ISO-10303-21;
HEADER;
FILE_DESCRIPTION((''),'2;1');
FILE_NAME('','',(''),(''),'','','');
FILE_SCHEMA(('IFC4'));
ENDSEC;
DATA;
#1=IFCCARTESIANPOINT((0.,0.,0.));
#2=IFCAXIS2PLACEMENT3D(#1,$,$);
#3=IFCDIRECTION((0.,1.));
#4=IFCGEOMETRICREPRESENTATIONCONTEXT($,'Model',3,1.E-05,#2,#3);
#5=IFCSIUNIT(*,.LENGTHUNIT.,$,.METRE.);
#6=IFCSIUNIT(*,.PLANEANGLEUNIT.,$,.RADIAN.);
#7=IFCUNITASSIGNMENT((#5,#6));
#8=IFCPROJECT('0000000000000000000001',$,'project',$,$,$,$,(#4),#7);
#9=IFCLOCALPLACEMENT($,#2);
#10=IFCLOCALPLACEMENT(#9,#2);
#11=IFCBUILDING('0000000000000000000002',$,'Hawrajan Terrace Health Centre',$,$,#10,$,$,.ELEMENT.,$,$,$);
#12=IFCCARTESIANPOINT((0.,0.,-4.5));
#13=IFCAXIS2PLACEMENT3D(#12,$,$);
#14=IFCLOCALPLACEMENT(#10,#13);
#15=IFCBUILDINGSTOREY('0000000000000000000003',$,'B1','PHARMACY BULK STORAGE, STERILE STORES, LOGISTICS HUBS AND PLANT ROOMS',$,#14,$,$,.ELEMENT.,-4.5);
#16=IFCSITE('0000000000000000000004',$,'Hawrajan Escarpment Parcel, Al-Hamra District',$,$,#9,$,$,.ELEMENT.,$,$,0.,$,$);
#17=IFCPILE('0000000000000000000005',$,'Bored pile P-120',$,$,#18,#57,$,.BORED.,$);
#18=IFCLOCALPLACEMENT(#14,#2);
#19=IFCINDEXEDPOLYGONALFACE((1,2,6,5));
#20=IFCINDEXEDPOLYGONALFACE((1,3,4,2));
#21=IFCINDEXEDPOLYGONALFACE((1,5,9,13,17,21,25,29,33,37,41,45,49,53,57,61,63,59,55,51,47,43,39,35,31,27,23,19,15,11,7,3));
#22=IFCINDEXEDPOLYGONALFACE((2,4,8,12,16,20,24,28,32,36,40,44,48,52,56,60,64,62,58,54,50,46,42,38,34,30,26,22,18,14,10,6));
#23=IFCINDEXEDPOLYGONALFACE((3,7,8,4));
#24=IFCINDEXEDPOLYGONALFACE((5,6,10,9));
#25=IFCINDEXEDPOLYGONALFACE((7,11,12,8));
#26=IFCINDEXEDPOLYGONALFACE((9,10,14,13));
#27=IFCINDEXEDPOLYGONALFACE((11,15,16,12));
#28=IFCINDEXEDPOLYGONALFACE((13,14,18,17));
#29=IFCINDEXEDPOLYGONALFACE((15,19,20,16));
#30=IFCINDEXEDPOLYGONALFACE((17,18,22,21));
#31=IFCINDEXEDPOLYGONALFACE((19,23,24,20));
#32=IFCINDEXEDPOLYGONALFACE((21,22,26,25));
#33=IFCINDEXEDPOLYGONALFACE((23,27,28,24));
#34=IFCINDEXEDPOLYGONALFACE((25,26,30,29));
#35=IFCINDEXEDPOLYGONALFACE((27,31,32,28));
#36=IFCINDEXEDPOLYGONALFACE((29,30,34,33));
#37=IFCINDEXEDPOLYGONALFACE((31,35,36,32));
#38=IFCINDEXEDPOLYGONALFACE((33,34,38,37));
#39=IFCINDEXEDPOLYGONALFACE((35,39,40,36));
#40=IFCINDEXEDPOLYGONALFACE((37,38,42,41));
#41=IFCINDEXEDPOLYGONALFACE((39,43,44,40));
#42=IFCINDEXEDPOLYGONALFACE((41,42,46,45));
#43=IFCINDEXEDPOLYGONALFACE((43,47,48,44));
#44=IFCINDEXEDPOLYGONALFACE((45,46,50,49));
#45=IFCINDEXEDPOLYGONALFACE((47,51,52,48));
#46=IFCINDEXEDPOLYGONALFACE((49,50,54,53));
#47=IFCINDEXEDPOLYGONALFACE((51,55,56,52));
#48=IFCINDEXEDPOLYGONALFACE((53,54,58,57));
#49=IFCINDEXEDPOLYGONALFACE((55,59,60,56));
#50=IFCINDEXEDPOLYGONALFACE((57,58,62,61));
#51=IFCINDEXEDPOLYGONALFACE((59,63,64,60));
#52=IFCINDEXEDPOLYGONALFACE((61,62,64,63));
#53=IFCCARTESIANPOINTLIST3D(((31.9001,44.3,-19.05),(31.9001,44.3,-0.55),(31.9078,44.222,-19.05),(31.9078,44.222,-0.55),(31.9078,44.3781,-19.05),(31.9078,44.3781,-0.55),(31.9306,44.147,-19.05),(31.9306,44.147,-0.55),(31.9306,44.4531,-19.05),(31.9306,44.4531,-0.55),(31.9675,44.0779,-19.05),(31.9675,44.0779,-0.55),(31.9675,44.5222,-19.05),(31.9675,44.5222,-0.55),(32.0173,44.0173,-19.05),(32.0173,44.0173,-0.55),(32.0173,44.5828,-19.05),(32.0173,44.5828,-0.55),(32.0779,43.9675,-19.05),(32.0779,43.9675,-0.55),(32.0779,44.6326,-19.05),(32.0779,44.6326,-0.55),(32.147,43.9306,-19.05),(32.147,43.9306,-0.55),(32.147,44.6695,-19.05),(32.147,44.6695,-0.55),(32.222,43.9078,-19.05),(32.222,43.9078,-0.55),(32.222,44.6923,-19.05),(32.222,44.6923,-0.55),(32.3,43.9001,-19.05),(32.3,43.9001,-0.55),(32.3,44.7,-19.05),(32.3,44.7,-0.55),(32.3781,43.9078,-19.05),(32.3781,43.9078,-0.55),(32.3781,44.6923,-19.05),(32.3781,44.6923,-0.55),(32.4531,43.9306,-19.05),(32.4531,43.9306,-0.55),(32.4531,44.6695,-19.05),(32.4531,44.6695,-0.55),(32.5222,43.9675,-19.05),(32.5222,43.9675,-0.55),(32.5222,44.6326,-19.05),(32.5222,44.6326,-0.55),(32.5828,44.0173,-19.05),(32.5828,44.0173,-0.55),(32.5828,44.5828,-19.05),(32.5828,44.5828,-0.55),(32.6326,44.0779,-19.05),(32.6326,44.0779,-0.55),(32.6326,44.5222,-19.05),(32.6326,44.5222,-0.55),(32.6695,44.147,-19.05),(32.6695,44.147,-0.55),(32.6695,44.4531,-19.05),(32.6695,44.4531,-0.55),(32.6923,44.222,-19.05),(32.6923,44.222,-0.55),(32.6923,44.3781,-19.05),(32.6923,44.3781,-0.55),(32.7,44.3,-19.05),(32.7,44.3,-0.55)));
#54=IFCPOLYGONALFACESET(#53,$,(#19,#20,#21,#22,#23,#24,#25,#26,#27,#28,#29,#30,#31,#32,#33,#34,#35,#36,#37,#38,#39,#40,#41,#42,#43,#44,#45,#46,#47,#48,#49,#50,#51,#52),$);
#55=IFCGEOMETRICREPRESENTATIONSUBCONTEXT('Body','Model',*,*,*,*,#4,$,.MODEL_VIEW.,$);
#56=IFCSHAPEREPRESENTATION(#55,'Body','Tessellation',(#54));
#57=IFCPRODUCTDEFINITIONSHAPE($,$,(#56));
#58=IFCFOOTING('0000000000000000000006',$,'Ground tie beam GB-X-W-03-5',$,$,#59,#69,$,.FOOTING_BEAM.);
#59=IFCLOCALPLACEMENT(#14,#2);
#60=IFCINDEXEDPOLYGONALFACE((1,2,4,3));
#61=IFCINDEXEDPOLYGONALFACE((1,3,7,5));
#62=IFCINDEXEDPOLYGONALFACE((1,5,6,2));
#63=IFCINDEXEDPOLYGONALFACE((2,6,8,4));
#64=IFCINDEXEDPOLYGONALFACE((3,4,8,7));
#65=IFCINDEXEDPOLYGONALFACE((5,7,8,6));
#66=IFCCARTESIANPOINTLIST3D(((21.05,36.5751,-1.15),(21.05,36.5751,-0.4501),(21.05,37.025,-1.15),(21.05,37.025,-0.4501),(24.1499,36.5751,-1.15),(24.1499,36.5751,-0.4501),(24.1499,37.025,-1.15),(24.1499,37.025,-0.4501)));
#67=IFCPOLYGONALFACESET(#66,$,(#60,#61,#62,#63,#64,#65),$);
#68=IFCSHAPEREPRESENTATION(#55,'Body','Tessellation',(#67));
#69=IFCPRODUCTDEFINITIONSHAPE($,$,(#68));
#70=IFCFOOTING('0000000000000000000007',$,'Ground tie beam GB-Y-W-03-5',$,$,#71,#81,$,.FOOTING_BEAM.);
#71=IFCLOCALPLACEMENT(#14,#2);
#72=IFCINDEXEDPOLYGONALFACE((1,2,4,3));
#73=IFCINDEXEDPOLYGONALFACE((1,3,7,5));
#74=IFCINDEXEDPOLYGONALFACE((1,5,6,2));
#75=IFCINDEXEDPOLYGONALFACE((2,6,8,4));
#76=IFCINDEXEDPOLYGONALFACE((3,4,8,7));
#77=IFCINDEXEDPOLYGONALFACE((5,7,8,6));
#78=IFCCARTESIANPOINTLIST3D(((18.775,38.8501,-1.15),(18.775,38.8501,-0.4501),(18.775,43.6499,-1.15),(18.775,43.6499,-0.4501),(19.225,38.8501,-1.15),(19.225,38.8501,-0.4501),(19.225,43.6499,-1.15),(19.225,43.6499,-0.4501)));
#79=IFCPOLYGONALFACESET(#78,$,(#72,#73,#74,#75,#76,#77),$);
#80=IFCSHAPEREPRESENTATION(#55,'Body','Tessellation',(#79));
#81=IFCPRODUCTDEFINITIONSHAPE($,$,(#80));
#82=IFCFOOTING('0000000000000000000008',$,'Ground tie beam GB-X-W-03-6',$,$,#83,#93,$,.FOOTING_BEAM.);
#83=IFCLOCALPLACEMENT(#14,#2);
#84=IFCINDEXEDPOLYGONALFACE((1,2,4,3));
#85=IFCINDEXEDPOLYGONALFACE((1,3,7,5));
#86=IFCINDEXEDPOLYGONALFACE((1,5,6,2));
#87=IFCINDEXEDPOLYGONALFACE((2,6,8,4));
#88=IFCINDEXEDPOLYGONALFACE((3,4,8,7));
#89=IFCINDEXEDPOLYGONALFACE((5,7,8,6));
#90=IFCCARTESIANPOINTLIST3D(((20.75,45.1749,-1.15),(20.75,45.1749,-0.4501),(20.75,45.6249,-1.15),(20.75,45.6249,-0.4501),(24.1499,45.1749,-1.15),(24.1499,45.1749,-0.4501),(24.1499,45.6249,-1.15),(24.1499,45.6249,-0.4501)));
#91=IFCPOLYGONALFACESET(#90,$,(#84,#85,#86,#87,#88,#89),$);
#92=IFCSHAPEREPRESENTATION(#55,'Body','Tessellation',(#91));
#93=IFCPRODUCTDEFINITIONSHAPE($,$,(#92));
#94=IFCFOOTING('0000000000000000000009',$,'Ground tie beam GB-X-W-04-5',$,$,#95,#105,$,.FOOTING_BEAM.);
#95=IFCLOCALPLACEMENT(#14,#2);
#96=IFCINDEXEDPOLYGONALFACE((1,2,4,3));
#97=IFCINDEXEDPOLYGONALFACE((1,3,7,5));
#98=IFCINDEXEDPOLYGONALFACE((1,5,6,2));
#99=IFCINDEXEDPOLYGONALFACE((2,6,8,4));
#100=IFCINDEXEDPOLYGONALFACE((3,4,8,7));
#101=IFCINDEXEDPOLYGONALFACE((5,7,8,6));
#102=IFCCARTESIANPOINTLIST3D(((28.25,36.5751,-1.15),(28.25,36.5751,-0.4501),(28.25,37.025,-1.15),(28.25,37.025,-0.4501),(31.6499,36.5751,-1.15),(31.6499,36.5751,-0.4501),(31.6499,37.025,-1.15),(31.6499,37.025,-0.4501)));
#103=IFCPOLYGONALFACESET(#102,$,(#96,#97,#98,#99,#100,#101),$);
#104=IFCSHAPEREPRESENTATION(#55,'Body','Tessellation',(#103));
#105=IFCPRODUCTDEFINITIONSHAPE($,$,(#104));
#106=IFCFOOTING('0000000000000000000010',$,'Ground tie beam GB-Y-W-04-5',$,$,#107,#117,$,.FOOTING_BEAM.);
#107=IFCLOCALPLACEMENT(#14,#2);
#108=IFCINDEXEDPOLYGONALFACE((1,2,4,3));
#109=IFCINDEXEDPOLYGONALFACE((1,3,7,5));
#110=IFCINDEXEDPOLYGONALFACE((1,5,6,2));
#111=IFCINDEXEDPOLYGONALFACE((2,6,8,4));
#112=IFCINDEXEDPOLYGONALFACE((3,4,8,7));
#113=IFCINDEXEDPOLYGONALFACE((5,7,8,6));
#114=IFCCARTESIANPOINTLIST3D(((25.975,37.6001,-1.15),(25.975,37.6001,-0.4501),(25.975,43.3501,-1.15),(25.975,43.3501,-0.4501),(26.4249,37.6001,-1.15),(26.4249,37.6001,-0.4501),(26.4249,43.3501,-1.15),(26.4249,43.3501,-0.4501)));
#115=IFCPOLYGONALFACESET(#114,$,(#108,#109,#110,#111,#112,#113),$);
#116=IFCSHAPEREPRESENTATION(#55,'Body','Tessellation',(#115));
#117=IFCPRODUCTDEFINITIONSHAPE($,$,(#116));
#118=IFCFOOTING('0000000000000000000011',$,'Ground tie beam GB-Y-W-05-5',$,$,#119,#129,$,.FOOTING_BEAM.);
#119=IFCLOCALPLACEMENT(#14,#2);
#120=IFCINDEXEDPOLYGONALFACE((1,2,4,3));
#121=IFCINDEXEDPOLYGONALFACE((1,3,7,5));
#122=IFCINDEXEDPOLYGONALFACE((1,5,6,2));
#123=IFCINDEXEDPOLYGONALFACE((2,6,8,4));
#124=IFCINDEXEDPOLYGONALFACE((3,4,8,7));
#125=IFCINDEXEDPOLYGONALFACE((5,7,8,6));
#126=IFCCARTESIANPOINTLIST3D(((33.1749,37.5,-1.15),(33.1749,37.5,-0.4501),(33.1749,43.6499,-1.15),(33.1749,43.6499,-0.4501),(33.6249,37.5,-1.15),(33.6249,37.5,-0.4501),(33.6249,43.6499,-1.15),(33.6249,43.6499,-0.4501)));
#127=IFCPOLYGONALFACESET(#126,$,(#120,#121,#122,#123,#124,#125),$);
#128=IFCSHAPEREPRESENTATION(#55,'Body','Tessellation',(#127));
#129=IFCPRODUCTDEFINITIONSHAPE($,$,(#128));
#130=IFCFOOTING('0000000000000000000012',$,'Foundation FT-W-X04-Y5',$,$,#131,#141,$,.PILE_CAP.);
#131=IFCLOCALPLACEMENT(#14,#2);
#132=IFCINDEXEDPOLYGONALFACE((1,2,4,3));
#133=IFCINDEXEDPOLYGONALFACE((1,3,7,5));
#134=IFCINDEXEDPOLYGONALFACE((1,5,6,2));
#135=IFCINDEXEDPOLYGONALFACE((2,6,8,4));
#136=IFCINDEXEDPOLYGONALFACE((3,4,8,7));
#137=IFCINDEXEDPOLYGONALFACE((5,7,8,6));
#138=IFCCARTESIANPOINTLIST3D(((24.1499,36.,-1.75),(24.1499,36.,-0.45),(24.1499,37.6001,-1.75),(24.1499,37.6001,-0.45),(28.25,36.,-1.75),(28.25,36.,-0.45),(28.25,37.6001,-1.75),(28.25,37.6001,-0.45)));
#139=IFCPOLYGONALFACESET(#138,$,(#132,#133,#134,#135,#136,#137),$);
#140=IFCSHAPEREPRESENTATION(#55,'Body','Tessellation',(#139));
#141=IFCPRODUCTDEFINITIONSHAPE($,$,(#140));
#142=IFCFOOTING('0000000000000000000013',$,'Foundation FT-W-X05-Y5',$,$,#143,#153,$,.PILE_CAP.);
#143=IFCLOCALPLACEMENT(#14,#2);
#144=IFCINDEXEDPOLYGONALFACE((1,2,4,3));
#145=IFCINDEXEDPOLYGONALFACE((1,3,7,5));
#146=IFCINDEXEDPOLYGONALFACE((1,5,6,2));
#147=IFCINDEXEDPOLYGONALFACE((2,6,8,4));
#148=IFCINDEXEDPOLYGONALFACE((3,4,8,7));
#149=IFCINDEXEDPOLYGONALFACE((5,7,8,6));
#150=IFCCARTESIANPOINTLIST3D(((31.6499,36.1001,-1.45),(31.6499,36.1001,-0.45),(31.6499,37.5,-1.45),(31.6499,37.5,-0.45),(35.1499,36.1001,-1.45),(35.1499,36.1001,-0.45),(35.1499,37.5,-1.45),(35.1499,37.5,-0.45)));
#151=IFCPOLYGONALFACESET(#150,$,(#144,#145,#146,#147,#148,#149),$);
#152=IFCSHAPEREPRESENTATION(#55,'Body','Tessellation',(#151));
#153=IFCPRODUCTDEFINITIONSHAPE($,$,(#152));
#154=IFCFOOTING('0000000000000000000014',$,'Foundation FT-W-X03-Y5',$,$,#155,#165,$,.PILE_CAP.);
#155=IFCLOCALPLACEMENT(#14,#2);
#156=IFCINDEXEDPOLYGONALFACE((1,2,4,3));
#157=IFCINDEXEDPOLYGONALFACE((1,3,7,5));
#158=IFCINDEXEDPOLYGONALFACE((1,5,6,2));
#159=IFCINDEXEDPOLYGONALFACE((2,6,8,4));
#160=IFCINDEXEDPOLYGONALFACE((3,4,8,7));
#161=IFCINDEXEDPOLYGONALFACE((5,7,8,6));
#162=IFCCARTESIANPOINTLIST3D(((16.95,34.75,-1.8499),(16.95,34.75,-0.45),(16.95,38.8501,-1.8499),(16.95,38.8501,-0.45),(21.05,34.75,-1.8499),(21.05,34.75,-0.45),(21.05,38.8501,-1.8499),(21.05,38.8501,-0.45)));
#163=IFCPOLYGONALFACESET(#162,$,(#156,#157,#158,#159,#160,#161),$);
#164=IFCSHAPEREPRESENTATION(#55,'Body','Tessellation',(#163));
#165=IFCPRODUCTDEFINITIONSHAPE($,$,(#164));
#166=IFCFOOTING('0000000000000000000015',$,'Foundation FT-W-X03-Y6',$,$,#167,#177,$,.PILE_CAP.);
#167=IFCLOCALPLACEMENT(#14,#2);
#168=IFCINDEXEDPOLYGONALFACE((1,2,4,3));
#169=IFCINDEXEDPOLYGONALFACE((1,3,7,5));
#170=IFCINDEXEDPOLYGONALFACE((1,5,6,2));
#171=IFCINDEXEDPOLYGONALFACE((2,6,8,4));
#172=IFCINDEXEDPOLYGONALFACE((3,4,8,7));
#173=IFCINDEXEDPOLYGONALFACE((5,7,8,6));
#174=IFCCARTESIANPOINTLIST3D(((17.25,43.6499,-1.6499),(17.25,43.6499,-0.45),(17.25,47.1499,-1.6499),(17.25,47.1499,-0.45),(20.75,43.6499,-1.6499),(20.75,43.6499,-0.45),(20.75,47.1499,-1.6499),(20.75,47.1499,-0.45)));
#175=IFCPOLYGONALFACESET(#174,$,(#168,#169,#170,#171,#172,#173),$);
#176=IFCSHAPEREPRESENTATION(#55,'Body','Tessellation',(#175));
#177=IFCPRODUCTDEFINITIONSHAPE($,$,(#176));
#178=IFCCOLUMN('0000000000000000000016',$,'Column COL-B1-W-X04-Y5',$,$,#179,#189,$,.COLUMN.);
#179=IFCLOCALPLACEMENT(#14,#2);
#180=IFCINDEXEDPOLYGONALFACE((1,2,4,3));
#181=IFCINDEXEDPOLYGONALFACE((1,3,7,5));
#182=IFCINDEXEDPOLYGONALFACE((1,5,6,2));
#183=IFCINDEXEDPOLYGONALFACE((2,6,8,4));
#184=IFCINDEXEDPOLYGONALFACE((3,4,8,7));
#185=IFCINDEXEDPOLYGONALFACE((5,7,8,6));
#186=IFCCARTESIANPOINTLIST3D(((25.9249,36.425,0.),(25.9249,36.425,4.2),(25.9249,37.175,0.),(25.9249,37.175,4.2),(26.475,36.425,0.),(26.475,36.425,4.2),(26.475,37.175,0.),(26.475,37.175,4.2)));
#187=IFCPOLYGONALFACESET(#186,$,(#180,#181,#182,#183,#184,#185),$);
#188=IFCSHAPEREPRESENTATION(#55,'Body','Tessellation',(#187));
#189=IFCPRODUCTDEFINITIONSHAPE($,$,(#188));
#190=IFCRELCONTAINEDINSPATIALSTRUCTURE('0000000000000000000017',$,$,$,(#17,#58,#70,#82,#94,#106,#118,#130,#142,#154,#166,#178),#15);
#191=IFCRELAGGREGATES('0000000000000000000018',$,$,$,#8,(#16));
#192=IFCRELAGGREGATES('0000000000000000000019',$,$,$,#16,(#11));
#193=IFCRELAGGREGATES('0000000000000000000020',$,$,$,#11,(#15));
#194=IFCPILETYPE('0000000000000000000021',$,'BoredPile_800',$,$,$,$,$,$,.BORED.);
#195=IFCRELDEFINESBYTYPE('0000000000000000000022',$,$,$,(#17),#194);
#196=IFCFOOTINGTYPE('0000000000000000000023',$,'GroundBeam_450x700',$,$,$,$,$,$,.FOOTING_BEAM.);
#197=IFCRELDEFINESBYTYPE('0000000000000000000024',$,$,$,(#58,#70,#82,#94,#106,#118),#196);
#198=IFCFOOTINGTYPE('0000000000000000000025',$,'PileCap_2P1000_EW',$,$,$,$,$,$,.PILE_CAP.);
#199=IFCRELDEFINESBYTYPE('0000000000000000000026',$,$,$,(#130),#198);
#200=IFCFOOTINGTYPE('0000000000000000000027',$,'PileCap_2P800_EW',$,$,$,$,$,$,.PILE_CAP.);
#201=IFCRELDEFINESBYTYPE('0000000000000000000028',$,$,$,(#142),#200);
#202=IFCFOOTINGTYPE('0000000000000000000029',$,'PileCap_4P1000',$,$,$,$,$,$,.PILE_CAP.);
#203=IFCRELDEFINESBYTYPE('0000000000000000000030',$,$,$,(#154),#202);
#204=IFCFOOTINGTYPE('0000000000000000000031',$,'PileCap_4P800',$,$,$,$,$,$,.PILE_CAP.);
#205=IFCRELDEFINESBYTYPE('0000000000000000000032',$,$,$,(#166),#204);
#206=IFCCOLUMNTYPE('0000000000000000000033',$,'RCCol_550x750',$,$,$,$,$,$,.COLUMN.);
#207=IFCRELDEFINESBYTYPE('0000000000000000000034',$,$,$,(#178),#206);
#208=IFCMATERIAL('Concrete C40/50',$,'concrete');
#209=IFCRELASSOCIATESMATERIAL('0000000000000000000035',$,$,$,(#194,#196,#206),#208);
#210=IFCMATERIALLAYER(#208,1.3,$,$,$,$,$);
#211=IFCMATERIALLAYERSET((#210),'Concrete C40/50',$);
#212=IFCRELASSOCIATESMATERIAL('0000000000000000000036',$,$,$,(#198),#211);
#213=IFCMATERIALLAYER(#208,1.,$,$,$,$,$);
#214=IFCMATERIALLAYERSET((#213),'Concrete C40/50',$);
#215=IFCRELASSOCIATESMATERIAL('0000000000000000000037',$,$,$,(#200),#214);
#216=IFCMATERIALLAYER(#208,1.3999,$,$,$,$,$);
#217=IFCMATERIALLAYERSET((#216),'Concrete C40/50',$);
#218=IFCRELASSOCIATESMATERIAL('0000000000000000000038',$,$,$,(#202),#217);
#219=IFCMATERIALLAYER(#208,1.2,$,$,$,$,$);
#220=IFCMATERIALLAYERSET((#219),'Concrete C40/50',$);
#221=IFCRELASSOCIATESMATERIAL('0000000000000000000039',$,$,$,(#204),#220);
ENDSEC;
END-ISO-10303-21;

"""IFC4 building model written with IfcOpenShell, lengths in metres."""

from ifc_helpers import new_model, si_unit, direction, frame, origin, origin_2d, place, context, subcontext, project, spatial, rectangle, circle, extrude, material, layer, layer_set, material_profile, profile_set, type_object, element, save


model = new_model("IFC4")

# Units and contexts
model_context = context("Model", 3, precision=1e-05, world=origin(), true_north=direction((0.0, 1.0)))
body_context = subcontext(model_context, "Body", "Model", "MODEL_VIEW")
ifc_project = project(units=[si_unit("LENGTHUNIT", "METRE"), si_unit("PLANEANGLEUNIT", "RADIAN")], contexts=[model_context])

# Site, building, storey
site_placement = place(None, origin())
site = spatial("IfcSite", under=ifc_project, at=site_placement, Name="Hawrajan Escarpment Parcel, Al-Hamra District", CompositionType="ELEMENT", RefElevation=0.0)
building_placement = place(site_placement, origin())
building = spatial("IfcBuilding", under=site, at=building_placement, Name="Hawrajan Terrace Health Centre", CompositionType="ELEMENT")
storey_placement = place(building_placement, frame((0.0, 0.0, -4.5)))
storey = spatial("IfcBuildingStorey", under=building, at=storey_placement, Name="B1", Description="PHARMACY BULK STORAGE, STERILE STORES, LOGISTICS HUBS AND PLANT ROOMS", CompositionType="ELEMENT", Elevation=-4.5)

# Pile
ifc_material_1 = material(Name="Concrete C40/50", Category="concrete")
ifc_material_profile_1 = material_profile(ifc_material_1, circle(Radius=0.3999, at=origin_2d()), Name="BP 800")
ifc_profile_set_1 = profile_set([ifc_material_profile_1], Name="Concrete C40/50")
pile_type_1 = type_object("IfcPileType", Name="BoredPile_800", PredefinedType="BORED", material=ifc_profile_set_1)
for number, where, z_axis, x_axis, name in (
    (1, (32.3, 44.3, -0.55), (0.0, 0.0, -1.0), (1.0, 0.0, 0.0), "Bored pile P-120"),
):
    element("IfcPile", number, at=place(storey_placement, frame(where, z_axis=z_axis, x_axis=x_axis)), inside=storey, type_object=pile_type_1, Name=name, PredefinedType="BORED", context=body_context, shape_type="SweptSolid", body=[
        extrude(circle(Radius=0.3999, at=origin_2d()), origin(), (0.0, 0.0, 1.0), 18.5),
    ])

# Footings
ifc_material_profile_2 = material_profile(ifc_material_1, rectangle(XDim=0.45, YDim=0.7, at=origin_2d()), Name="RC BM 450x700")
ifc_profile_set_2 = profile_set([ifc_material_profile_2], Name="Concrete C40/50")
footing_type_1 = type_object("IfcFootingType", Name="GroundBeam_450x700", PredefinedType="FOOTING_BEAM", material=ifc_profile_set_2)
footing_1_placement = place(storey_placement, frame((21.05, 36.8, -0.8), z_axis=(1.0, 0.0, 0.0), x_axis=(0.0, 1.0, 0.0)))
element("IfcFooting", 2, at=footing_1_placement, inside=storey, type_object=footing_type_1, Name="Ground tie beam GB-X-W-03-5", PredefinedType="FOOTING_BEAM", context=body_context, shape_type="SweptSolid", body=[
    extrude(rectangle(XDim=0.45, YDim=0.7, at=origin_2d()), origin(), (0.0, 0.0, 1.0), 3.0999),
])
footing_2_placement = place(storey_placement, frame((19.0, 38.8501, -0.8), z_axis=(0.0, 1.0, 0.0), x_axis=(-1.0, 0.0, 0.0)))
element("IfcFooting", 3, at=footing_2_placement, inside=storey, type_object=footing_type_1, Name="Ground tie beam GB-Y-W-03-5", PredefinedType="FOOTING_BEAM", context=body_context, shape_type="SweptSolid", body=[
    extrude(rectangle(XDim=0.45, YDim=0.7, at=origin_2d()), origin(), (0.0, 0.0, 1.0), 4.7998),
])
for number, where, z_axis, x_axis, name in (
    (4, (20.75, 45.3999, -0.8), (1.0, 0.0, 0.0), (0.0, 1.0, 0.0), "Ground tie beam GB-X-W-03-6"),
    (5, (28.25, 36.8, -0.8), (1.0, 0.0, 0.0), (0.0, 1.0, 0.0), "Ground tie beam GB-X-W-04-5"),
):
    element("IfcFooting", number, at=place(storey_placement, frame(where, z_axis=z_axis, x_axis=x_axis)), inside=storey, type_object=footing_type_1, Name=name, PredefinedType="FOOTING_BEAM", context=body_context, shape_type="SweptSolid", body=[
        extrude(rectangle(XDim=0.45, YDim=0.7, at=origin_2d()), origin(), (0.0, 0.0, 1.0), 3.3999),
    ])
footing_3_placement = place(storey_placement, frame((26.2, 37.6001, -0.8), z_axis=(0.0, 1.0, 0.0), x_axis=(-1.0, 0.0, 0.0)))
element("IfcFooting", 6, at=footing_3_placement, inside=storey, type_object=footing_type_1, Name="Ground tie beam GB-Y-W-04-5", PredefinedType="FOOTING_BEAM", context=body_context, shape_type="SweptSolid", body=[
    extrude(rectangle(XDim=0.45, YDim=0.7, at=origin_2d()), origin(), (0.0, 0.0, 1.0), 5.75),
])
footing_4_placement = place(storey_placement, frame((33.3999, 37.5, -0.8), z_axis=(0.0, 1.0, 0.0), x_axis=(-1.0, 0.0, 0.0)))
element("IfcFooting", 7, at=footing_4_placement, inside=storey, type_object=footing_type_1, Name="Ground tie beam GB-Y-W-05-5", PredefinedType="FOOTING_BEAM", context=body_context, shape_type="SweptSolid", body=[
    extrude(rectangle(XDim=0.45, YDim=0.7, at=origin_2d()), origin(), (0.0, 0.0, 1.0), 6.1499),
])
ifc_layer_1 = layer(ifc_material_1, 1.3)
ifc_layer_set_1 = layer_set([ifc_layer_1], Name="Concrete C40/50")
footing_type_2 = type_object("IfcFootingType", Name="PileCap_2P1000_EW", PredefinedType="PILE_CAP", material=ifc_layer_set_1)
footing_5_placement = place(storey_placement, frame((26.2, 36.8, -1.75), z_axis=(0.0, 0.0, 1.0), x_axis=(1.0, 0.0, 0.0)))
element("IfcFooting", 8, at=footing_5_placement, inside=storey, type_object=footing_type_2, Name="Foundation FT-W-X04-Y5", PredefinedType="PILE_CAP", context=body_context, shape_type="SweptSolid", body=[
    extrude(rectangle(XDim=4.1001, YDim=1.6001, at=origin_2d()), origin(), (0.0, 0.0, 1.0), 1.3),
])
ifc_layer_2 = layer(ifc_material_1, 1.0)
ifc_layer_set_2 = layer_set([ifc_layer_2], Name="Concrete C40/50")
footing_type_3 = type_object("IfcFootingType", Name="PileCap_2P800_EW", PredefinedType="PILE_CAP", material=ifc_layer_set_2)
footing_6_placement = place(storey_placement, frame((33.3999, 36.8, -1.45), z_axis=(0.0, 0.0, 1.0), x_axis=(1.0, 0.0, 0.0)))
element("IfcFooting", 9, at=footing_6_placement, inside=storey, type_object=footing_type_3, Name="Foundation FT-W-X05-Y5", PredefinedType="PILE_CAP", context=body_context, shape_type="SweptSolid", body=[
    extrude(rectangle(XDim=3.5, YDim=1.3999, at=origin_2d()), origin(), (0.0, 0.0, 1.0), 1.0),
])
ifc_layer_3 = layer(ifc_material_1, 1.3999)
ifc_layer_set_3 = layer_set([ifc_layer_3], Name="Concrete C40/50")
footing_type_4 = type_object("IfcFootingType", Name="PileCap_4P1000", PredefinedType="PILE_CAP", material=ifc_layer_set_3)
footing_7_placement = place(storey_placement, frame((19.0, 36.8, -1.8499), z_axis=(0.0, 0.0, 1.0), x_axis=(1.0, 0.0, 0.0)))
element("IfcFooting", 10, at=footing_7_placement, inside=storey, type_object=footing_type_4, Name="Foundation FT-W-X03-Y5", PredefinedType="PILE_CAP", context=body_context, shape_type="SweptSolid", body=[
    extrude(rectangle(XDim=4.1001, YDim=4.1001, at=origin_2d()), origin(), (0.0, 0.0, 1.0), 1.3999),
])
ifc_layer_4 = layer(ifc_material_1, 1.2)
ifc_layer_set_4 = layer_set([ifc_layer_4], Name="Concrete C40/50")
footing_type_5 = type_object("IfcFootingType", Name="PileCap_4P800", PredefinedType="PILE_CAP", material=ifc_layer_set_4)
footing_8_placement = place(storey_placement, frame((19.0, 45.3999, -1.6499), z_axis=(0.0, 0.0, 1.0), x_axis=(1.0, 0.0, 0.0)))
element("IfcFooting", 11, at=footing_8_placement, inside=storey, type_object=footing_type_5, Name="Foundation FT-W-X03-Y6", PredefinedType="PILE_CAP", context=body_context, shape_type="SweptSolid", body=[
    extrude(rectangle(XDim=3.5, YDim=3.5, at=origin_2d()), origin(), (0.0, 0.0, 1.0), 1.2),
])

# Column
ifc_material_profile_3 = material_profile(ifc_material_1, rectangle(XDim=0.55, YDim=0.75, at=origin_2d()), Name="RC 550x750")
ifc_profile_set_3 = profile_set([ifc_material_profile_3], Name="Concrete C40/50")
column_type_1 = type_object("IfcColumnType", Name="RCCol_550x750", PredefinedType="COLUMN", material=ifc_profile_set_3)
column_1_placement = place(storey_placement, frame((26.2, 36.8, 0.0), z_axis=(0.0, 0.0, 1.0), x_axis=(1.0, 0.0, 0.0)))
element("IfcColumn", 12, at=column_1_placement, inside=storey, type_object=column_type_1, Name="Column COL-B1-W-X04-Y5", PredefinedType="COLUMN", context=body_context, shape_type="SweptSolid", body=[
    extrude(rectangle(XDim=0.55, YDim=0.75, at=origin_2d()), origin(), (0.0, 0.0, 1.0), 4.2),
])

save(model, "model.ifc")
